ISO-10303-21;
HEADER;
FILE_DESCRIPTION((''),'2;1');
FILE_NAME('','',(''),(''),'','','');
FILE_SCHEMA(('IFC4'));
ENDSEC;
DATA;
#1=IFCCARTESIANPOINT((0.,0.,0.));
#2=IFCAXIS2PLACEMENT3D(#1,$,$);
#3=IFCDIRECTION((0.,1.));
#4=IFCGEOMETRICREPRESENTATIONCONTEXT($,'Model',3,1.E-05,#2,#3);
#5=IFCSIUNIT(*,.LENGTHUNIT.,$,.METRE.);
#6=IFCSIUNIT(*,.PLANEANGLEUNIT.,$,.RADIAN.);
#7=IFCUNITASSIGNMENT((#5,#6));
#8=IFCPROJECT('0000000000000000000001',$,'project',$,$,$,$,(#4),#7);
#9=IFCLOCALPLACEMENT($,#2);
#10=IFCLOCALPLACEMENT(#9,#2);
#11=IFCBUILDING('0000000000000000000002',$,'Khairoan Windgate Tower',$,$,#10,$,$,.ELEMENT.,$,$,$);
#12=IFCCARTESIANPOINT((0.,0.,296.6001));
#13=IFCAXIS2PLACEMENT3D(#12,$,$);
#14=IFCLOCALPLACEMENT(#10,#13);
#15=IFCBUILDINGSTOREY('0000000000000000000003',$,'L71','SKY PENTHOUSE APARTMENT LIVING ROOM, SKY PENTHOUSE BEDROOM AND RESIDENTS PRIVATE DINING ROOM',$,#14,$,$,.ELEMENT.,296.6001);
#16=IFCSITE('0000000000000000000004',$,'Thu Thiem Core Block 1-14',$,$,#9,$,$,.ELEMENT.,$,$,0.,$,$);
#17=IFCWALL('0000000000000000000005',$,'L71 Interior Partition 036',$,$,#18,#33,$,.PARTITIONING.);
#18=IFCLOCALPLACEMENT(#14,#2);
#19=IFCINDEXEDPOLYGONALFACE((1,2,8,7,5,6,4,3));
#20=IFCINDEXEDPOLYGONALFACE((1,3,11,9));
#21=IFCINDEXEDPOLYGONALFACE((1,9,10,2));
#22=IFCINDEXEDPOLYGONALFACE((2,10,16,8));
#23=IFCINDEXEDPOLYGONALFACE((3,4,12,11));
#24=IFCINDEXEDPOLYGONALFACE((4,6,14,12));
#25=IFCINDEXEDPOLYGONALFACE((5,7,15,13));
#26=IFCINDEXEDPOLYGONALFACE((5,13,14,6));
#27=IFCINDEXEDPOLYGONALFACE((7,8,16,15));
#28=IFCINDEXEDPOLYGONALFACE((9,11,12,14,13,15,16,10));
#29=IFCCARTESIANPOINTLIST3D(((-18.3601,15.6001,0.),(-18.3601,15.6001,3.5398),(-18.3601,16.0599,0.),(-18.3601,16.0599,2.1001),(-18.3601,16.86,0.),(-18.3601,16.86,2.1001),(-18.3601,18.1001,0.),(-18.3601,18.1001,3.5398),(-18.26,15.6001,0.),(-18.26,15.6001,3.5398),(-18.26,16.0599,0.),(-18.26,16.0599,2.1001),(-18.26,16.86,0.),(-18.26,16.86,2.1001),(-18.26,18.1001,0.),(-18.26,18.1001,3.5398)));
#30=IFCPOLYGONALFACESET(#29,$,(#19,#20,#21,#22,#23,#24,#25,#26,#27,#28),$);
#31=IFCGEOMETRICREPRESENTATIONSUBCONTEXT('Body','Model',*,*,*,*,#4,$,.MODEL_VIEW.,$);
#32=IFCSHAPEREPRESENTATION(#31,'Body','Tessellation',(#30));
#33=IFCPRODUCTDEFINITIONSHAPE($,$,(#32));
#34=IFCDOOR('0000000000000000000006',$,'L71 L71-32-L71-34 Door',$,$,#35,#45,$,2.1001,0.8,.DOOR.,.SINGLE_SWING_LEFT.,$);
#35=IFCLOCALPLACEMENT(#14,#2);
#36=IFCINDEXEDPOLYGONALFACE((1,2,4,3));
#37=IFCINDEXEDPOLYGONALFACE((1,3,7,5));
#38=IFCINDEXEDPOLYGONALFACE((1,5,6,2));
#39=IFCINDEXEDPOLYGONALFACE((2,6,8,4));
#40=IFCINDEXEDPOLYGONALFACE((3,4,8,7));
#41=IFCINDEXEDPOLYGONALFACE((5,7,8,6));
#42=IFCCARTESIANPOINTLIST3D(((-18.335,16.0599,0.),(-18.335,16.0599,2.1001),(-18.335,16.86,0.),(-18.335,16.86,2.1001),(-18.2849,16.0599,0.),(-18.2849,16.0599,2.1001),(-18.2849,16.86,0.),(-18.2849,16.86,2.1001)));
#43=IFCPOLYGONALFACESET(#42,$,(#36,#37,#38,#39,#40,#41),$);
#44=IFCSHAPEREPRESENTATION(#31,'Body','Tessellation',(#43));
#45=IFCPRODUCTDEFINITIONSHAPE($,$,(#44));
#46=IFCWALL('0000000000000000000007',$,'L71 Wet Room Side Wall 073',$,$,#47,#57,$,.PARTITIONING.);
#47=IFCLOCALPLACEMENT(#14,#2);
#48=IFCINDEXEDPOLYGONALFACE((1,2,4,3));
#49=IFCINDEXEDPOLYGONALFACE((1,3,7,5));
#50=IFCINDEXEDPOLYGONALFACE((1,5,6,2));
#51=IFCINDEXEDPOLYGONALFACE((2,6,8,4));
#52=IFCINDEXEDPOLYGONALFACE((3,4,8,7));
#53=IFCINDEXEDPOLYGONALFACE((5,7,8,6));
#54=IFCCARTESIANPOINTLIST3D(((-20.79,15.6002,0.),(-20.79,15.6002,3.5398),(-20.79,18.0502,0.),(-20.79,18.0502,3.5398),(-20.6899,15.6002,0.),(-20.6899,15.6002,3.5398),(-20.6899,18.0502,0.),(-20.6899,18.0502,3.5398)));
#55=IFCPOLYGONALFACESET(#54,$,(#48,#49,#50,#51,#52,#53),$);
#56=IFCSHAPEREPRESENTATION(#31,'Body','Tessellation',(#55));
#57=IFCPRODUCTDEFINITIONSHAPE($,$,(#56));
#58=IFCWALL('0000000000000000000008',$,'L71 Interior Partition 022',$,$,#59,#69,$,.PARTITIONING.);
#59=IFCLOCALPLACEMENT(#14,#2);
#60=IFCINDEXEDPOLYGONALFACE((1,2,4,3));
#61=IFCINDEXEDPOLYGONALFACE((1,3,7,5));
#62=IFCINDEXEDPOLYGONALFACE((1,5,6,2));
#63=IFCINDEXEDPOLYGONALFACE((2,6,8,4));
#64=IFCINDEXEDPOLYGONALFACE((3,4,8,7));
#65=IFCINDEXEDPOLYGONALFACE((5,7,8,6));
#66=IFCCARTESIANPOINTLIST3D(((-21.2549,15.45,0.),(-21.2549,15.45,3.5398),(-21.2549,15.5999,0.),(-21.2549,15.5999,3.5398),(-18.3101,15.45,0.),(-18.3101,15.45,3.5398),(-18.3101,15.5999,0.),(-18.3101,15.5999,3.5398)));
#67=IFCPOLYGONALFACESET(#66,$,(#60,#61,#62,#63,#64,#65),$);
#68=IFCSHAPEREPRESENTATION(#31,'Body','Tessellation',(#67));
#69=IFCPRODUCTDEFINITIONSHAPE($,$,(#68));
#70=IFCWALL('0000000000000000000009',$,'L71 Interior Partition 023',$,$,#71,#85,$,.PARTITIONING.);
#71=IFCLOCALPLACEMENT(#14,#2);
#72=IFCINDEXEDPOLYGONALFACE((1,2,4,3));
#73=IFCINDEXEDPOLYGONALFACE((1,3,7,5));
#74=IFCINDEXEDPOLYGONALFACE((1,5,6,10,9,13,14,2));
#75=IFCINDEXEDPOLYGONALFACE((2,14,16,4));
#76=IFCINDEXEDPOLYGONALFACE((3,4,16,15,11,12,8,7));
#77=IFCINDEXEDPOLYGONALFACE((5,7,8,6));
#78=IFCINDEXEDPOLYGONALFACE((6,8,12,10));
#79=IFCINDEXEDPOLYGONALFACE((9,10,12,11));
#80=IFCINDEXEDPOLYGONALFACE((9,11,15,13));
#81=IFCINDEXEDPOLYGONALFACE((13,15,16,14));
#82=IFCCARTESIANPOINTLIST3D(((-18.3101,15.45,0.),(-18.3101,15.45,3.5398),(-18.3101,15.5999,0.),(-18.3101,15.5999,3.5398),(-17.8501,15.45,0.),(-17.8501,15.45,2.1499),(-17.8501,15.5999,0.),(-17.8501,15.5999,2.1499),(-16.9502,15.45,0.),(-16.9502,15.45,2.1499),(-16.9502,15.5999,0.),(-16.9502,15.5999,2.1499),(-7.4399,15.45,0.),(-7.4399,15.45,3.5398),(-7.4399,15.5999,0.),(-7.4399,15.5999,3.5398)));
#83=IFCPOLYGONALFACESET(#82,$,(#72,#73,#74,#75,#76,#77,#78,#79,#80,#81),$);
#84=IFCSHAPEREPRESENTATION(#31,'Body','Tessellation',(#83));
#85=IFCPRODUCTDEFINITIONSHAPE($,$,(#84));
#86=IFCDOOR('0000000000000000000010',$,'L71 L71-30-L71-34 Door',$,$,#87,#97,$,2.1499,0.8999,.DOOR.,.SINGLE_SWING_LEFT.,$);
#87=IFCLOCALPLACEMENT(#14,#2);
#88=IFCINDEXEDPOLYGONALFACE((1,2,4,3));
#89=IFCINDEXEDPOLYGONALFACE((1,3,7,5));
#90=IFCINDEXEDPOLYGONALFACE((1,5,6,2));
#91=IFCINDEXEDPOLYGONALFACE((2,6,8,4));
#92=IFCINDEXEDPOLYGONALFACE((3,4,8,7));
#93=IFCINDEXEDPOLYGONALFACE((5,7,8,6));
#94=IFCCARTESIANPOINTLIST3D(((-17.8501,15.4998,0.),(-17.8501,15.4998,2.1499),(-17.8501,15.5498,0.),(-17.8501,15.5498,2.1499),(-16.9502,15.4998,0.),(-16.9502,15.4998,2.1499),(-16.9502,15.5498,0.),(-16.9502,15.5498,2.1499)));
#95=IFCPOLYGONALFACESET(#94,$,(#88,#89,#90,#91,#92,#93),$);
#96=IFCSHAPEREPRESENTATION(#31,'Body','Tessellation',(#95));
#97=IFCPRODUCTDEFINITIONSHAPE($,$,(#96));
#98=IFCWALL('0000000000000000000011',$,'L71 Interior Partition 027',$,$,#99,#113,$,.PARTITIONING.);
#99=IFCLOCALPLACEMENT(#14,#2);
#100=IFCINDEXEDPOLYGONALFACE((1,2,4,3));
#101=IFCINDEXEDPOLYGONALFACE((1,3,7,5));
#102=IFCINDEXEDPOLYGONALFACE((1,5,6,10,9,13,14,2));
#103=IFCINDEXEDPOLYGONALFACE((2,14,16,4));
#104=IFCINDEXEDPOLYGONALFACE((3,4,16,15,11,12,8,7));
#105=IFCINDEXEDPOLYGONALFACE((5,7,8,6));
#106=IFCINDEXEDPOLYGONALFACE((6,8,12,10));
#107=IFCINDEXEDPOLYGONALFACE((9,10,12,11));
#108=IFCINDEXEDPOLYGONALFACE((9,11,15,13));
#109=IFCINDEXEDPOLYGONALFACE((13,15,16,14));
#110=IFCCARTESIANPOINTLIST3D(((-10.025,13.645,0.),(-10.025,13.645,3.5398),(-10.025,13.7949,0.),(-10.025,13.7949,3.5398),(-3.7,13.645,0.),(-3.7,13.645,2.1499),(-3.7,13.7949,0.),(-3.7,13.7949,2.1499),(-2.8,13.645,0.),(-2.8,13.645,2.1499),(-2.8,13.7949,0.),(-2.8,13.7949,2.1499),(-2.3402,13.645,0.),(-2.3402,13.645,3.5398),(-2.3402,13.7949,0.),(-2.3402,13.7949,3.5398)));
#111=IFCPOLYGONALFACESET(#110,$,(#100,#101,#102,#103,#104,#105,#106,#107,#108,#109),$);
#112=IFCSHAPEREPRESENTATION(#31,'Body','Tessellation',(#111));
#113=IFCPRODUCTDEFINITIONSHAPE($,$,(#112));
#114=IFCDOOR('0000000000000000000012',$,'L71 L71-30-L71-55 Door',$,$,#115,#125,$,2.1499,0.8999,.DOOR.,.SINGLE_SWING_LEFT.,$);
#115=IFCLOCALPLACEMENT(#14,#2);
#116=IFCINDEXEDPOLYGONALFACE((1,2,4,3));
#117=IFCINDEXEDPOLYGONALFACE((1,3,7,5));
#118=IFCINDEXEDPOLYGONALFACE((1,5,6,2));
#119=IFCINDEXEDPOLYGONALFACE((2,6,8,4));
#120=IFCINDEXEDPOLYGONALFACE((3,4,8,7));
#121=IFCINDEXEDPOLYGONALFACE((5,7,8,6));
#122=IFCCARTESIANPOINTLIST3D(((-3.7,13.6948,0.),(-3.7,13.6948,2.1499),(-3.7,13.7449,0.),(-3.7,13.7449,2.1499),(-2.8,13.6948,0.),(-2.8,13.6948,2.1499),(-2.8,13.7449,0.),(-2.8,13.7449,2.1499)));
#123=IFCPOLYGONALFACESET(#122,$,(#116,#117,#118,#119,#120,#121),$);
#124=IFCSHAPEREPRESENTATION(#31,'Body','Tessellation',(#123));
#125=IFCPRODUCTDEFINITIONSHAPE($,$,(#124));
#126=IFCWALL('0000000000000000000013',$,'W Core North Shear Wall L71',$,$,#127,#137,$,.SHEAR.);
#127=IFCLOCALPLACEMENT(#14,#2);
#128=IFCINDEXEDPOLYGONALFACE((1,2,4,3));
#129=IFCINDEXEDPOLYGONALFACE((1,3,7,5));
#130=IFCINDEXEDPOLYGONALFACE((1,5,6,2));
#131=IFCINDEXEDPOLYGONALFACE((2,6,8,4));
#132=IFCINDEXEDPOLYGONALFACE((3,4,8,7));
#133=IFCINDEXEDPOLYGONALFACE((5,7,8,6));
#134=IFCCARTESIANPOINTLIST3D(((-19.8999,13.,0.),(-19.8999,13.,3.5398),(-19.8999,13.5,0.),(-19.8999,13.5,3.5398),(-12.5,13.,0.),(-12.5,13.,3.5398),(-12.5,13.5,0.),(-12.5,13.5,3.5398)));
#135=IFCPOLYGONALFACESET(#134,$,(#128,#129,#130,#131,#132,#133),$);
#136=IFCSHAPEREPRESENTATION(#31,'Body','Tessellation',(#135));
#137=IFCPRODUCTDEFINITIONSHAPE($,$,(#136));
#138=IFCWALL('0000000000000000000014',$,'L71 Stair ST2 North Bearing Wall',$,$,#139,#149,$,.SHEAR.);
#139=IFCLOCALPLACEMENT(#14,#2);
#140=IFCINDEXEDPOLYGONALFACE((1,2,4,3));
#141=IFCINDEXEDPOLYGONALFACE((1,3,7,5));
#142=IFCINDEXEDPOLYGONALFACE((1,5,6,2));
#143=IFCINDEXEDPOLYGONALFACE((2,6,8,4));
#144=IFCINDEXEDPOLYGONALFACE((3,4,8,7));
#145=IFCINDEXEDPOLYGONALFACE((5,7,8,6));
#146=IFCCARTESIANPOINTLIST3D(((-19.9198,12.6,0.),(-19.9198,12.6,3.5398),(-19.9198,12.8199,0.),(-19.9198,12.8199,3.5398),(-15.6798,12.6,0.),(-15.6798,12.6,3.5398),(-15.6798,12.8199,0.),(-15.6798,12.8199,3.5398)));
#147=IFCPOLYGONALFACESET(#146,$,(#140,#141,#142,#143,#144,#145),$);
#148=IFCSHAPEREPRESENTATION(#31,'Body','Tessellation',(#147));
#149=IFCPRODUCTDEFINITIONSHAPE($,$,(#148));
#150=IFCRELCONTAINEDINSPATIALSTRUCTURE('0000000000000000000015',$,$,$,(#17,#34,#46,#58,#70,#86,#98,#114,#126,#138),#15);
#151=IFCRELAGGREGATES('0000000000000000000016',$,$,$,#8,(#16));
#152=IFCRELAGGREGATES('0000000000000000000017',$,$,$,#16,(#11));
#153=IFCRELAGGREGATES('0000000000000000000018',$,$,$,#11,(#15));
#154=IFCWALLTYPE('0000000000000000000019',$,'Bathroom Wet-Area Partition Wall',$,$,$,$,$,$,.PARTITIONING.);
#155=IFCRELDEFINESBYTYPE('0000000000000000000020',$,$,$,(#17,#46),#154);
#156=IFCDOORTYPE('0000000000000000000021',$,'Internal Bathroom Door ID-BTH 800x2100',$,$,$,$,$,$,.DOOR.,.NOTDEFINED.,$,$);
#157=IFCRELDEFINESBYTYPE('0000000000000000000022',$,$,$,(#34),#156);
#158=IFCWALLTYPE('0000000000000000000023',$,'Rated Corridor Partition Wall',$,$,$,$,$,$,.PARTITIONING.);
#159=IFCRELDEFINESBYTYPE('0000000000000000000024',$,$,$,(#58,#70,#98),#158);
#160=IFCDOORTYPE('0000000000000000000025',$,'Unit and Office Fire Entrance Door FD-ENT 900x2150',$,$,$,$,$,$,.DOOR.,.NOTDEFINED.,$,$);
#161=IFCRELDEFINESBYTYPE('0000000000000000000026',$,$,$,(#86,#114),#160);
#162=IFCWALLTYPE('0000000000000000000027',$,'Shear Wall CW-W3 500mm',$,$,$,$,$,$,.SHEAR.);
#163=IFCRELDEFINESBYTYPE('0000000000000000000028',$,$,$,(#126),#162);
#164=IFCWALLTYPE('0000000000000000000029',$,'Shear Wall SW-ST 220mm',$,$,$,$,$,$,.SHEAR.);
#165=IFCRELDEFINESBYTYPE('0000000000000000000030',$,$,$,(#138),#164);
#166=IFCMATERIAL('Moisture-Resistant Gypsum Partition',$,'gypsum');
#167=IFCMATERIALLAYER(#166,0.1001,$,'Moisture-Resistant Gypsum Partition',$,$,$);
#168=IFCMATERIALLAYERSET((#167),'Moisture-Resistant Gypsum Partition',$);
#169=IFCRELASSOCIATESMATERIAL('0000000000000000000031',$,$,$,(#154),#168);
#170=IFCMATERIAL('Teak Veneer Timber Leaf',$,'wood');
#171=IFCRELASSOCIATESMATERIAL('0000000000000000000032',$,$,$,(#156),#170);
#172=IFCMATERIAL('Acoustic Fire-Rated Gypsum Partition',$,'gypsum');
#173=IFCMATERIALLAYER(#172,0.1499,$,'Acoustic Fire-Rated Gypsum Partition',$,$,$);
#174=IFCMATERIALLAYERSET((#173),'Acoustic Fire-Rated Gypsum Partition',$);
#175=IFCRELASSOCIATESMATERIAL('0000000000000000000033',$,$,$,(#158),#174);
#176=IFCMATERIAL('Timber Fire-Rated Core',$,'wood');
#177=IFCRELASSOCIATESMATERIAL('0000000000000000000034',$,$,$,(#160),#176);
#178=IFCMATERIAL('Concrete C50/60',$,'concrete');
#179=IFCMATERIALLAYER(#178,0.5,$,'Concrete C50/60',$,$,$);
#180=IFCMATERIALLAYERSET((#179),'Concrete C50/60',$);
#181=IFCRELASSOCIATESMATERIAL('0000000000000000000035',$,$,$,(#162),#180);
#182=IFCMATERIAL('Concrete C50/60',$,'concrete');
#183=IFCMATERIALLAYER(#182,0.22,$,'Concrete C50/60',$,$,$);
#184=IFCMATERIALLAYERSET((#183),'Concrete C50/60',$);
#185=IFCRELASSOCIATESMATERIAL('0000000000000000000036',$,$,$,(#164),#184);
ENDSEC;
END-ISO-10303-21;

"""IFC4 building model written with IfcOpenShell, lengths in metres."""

from ifc_helpers import new_model, si_unit, direction, frame, frame_2d, origin, place, context, subcontext, project, spatial, rectangle, extrude, material, layer, layer_set, type_object, element, fill, save


model = new_model("IFC4")

# Units and contexts
model_context = context("Model", 3, precision=1e-05, world=origin(), true_north=direction((0.0, 1.0)))
body_context = subcontext(model_context, "Body", "Model", "MODEL_VIEW")
ifc_project = project(units=[si_unit("LENGTHUNIT", "METRE"), si_unit("PLANEANGLEUNIT", "RADIAN")], contexts=[model_context])

# Site, building, storey
site_placement = place(None, origin())
site = spatial("IfcSite", under=ifc_project, at=site_placement, Name="Thu Thiem Core Block 1-14", CompositionType="ELEMENT", RefElevation=0.0)
building_placement = place(site_placement, origin())
building = spatial("IfcBuilding", under=site, at=building_placement, Name="Khairoan Windgate Tower", CompositionType="ELEMENT")
storey_placement = place(building_placement, frame((0.0, 0.0, 296.6001)))
storey = spatial("IfcBuildingStorey", under=building, at=storey_placement, Name="L71", Description="SKY PENTHOUSE APARTMENT LIVING ROOM, SKY PENTHOUSE BEDROOM AND RESIDENTS PRIVATE DINING ROOM", CompositionType="ELEMENT", Elevation=296.6001)

# Wall, opening, door
ifc_material_1 = material(Name="Moisture-Resistant Gypsum Partition", Category="gypsum")
ifc_layer_1 = layer(ifc_material_1, 0.1001, Name="Moisture-Resistant Gypsum Partition")
ifc_layer_set_1 = layer_set([ifc_layer_1], Name="Moisture-Resistant Gypsum Partition")
wall_type_1 = type_object("IfcWallType", Name="Bathroom Wet-Area Partition Wall", PredefinedType="PARTITIONING", material=ifc_layer_set_1)
wall_1_placement = place(storey_placement, frame((-18.3101, 15.6001, 0.0), z_axis=(0.0, 0.0, 1.0), x_axis=(0.0, 1.0, 0.0)))
wall_1 = element("IfcWall", 1, at=wall_1_placement, inside=storey, type_object=wall_type_1, Name="L71 Interior Partition 036", PredefinedType="PARTITIONING", context=body_context, shape_type="SweptSolid", body=[
    extrude(rectangle(XDim=2.5, YDim=0.1001, at=frame_2d((1.25, 0.0))), origin(), (0.0, 0.0, 1.0), 3.5398),
])
opening_1_placement = place(wall_1_placement, frame((0.46, 0.0, 0.0)))
opening_1 = element("IfcOpeningElement", 2, at=opening_1_placement, cuts=wall_1, PredefinedType="OPENING", context=body_context, shape_type="SweptSolid", body=[
    extrude(rectangle(XDim=0.8, YDim=2.1001, at=frame_2d((0.3999, 1.05))), frame((0.0, 0.0601, 0.0), z_axis=(0.0, -1.0, 0.0), x_axis=(1.0, 0.0, 0.0)), (0.0, 0.0, 1.0), 0.1201),
])
ifc_material_2 = material(Name="Teak Veneer Timber Leaf", Category="wood")
door_type_1 = type_object("IfcDoorType", Name="Internal Bathroom Door ID-BTH 800x2100", OperationType="NOTDEFINED", PredefinedType="DOOR", material=ifc_material_2)
door_1_placement = place(opening_1_placement, origin())
door_1 = element("IfcDoor", 3, at=door_1_placement, inside=storey, type_object=door_type_1, Name="L71 L71-32-L71-34 Door", OperationType="SINGLE_SWING_LEFT", OverallHeight=2.1001, OverallWidth=0.8, PredefinedType="DOOR", context=body_context, shape_type="SweptSolid", body=[
    extrude(rectangle(XDim=0.8, YDim=2.1001, at=frame_2d((0.3999, 1.05))), frame((0.0, 0.0249, 0.0), z_axis=(0.0, -1.0, 0.0), x_axis=(1.0, 0.0, 0.0)), (0.0, 0.0, 1.0), 0.05),
])
fill(opening_1, door_1)

# Walls
wall_2_placement = place(storey_placement, frame((-20.74, 15.6001, 0.0), z_axis=(0.0, 0.0, 1.0), x_axis=(0.0, 1.0, 0.0)))
element("IfcWall", 4, at=wall_2_placement, inside=storey, type_object=wall_type_1, Name="L71 Wet Room Side Wall 073", PredefinedType="PARTITIONING", context=body_context, shape_type="SweptSolid", body=[
    extrude(rectangle(XDim=2.45, YDim=0.1001, at=frame_2d((1.2251, 0.0))), origin(), (0.0, 0.0, 1.0), 3.5398),
])
ifc_material_3 = material(Name="Acoustic Fire-Rated Gypsum Partition", Category="gypsum")
ifc_layer_2 = layer(ifc_material_3, 0.1499, Name="Acoustic Fire-Rated Gypsum Partition")
ifc_layer_set_2 = layer_set([ifc_layer_2], Name="Acoustic Fire-Rated Gypsum Partition")
wall_type_2 = type_object("IfcWallType", Name="Rated Corridor Partition Wall", PredefinedType="PARTITIONING", material=ifc_layer_set_2)
wall_3_placement = place(storey_placement, frame((-21.2549, 15.5249, 0.0), z_axis=(0.0, 0.0, 1.0), x_axis=(1.0, 0.0, 0.0)))
element("IfcWall", 5, at=wall_3_placement, inside=storey, type_object=wall_type_2, Name="L71 Interior Partition 022", PredefinedType="PARTITIONING", context=body_context, shape_type="SweptSolid", body=[
    extrude(rectangle(XDim=2.9448, YDim=0.1499, at=frame_2d((1.4724, 0.0))), origin(), (0.0, 0.0, 1.0), 3.5398),
])

# Walls, openings, doors
wall_4_placement = place(storey_placement, frame((-18.3101, 15.5249, 0.0), z_axis=(0.0, 0.0, 1.0), x_axis=(1.0, 0.0, 0.0)))
wall_4 = element("IfcWall", 6, at=wall_4_placement, inside=storey, type_object=wall_type_2, Name="L71 Interior Partition 023", PredefinedType="PARTITIONING", context=body_context, shape_type="SweptSolid", body=[
    extrude(rectangle(XDim=10.8701, YDim=0.1499, at=frame_2d((5.4351, 0.0))), origin(), (0.0, 0.0, 1.0), 3.5398),
])
opening_2_placement = place(wall_4_placement, frame((0.46, 0.0, 0.0)))
opening_2 = element("IfcOpeningElement", 7, at=opening_2_placement, cuts=wall_4, PredefinedType="OPENING", context=body_context, shape_type="SweptSolid", body=[
    extrude(rectangle(XDim=0.8999, YDim=2.1499, at=frame_2d((0.45, 1.075))), frame((0.0, 0.085, 0.0), z_axis=(0.0, -1.0, 0.0), x_axis=(1.0, 0.0, 0.0)), (0.0, 0.0, 1.0), 0.1699),
])
ifc_material_4 = material(Name="Timber Fire-Rated Core", Category="wood")
door_type_2 = type_object("IfcDoorType", Name="Unit and Office Fire Entrance Door FD-ENT 900x2150", OperationType="NOTDEFINED", PredefinedType="DOOR", material=ifc_material_4)
door_2_placement = place(opening_2_placement, origin())
door_2 = element("IfcDoor", 8, at=door_2_placement, inside=storey, type_object=door_type_2, Name="L71 L71-30-L71-34 Door", OperationType="SINGLE_SWING_LEFT", OverallHeight=2.1499, OverallWidth=0.8999, PredefinedType="DOOR", context=body_context, shape_type="SweptSolid", body=[
    extrude(rectangle(XDim=0.8999, YDim=2.1499, at=frame_2d((0.45, 1.075))), frame((0.0, 0.0249, 0.0), z_axis=(0.0, -1.0, 0.0), x_axis=(1.0, 0.0, 0.0)), (0.0, 0.0, 1.0), 0.05),
])
fill(opening_2, door_2)
wall_5_placement = place(storey_placement, frame((-10.0249, 13.72, 0.0), z_axis=(0.0, 0.0, 1.0), x_axis=(1.0, 0.0, 0.0)))
wall_5 = element("IfcWall", 9, at=wall_5_placement, inside=storey, type_object=wall_type_2, Name="L71 Interior Partition 027", PredefinedType="PARTITIONING", context=body_context, shape_type="SweptSolid", body=[
    extrude(rectangle(XDim=7.6848, YDim=0.1499, at=frame_2d((3.8423, 0.0))), origin(), (0.0, 0.0, 1.0), 3.5398),
])
opening_3_placement = place(wall_5_placement, frame((6.325, 0.0, 0.0)))
opening_3 = element("IfcOpeningElement", 10, at=opening_3_placement, cuts=wall_5, PredefinedType="OPENING", context=body_context, shape_type="SweptSolid", body=[
    extrude(rectangle(XDim=0.8999, YDim=2.1499, at=frame_2d((0.45, 1.075))), frame((0.0, 0.085, 0.0), z_axis=(0.0, -1.0, 0.0), x_axis=(1.0, 0.0, 0.0)), (0.0, 0.0, 1.0), 0.1699),
])
door_3_placement = place(opening_3_placement, origin())
door_3 = element("IfcDoor", 11, at=door_3_placement, inside=storey, type_object=door_type_2, Name="L71 L71-30-L71-55 Door", OperationType="SINGLE_SWING_LEFT", OverallHeight=2.1499, OverallWidth=0.8999, PredefinedType="DOOR", context=body_context, shape_type="SweptSolid", body=[
    extrude(rectangle(XDim=0.8999, YDim=2.1499, at=frame_2d((0.45, 1.075))), frame((0.0, 0.0249, 0.0), z_axis=(0.0, -1.0, 0.0), x_axis=(1.0, 0.0, 0.0)), (0.0, 0.0, 1.0), 0.05),
])
fill(opening_3, door_3)

# Walls
ifc_material_5 = material(Name="Concrete C50/60", Category="concrete")
ifc_layer_3 = layer(ifc_material_5, 0.5, Name="Concrete C50/60")
ifc_layer_set_3 = layer_set([ifc_layer_3], Name="Concrete C50/60")
wall_type_3 = type_object("IfcWallType", Name="Shear Wall CW-W3 500mm", PredefinedType="SHEAR", material=ifc_layer_set_3)
wall_6_placement = place(storey_placement, frame((-19.8999, 13.25, 0.0), z_axis=(0.0, 0.0, 1.0), x_axis=(1.0, 0.0, 0.0)))
element("IfcWall", 12, at=wall_6_placement, inside=storey, type_object=wall_type_3, Name="W Core North Shear Wall L71", PredefinedType="SHEAR", context=body_context, shape_type="SweptSolid", body=[
    extrude(rectangle(XDim=7.3999, YDim=0.5, at=frame_2d((3.7, 0.0))), origin(), (0.0, 0.0, 1.0), 3.5398),
])
ifc_material_6 = material(Name="Concrete C50/60", Category="concrete")
ifc_layer_4 = layer(ifc_material_6, 0.22, Name="Concrete C50/60")
ifc_layer_set_4 = layer_set([ifc_layer_4], Name="Concrete C50/60")
wall_type_4 = type_object("IfcWallType", Name="Shear Wall SW-ST 220mm", PredefinedType="SHEAR", material=ifc_layer_set_4)
wall_7_placement = place(storey_placement, frame((-19.9199, 12.71, 0.0), z_axis=(0.0, 0.0, 1.0), x_axis=(1.0, 0.0, 0.0)))
element("IfcWall", 13, at=wall_7_placement, inside=storey, type_object=wall_type_4, Name="L71 Stair ST2 North Bearing Wall", PredefinedType="SHEAR", context=body_context, shape_type="SweptSolid", body=[
    extrude(rectangle(XDim=4.24, YDim=0.22, at=frame_2d((2.1201, 0.0))), origin(), (0.0, 0.0, 1.0), 3.5398),
])

save(model, "model.ifc")
